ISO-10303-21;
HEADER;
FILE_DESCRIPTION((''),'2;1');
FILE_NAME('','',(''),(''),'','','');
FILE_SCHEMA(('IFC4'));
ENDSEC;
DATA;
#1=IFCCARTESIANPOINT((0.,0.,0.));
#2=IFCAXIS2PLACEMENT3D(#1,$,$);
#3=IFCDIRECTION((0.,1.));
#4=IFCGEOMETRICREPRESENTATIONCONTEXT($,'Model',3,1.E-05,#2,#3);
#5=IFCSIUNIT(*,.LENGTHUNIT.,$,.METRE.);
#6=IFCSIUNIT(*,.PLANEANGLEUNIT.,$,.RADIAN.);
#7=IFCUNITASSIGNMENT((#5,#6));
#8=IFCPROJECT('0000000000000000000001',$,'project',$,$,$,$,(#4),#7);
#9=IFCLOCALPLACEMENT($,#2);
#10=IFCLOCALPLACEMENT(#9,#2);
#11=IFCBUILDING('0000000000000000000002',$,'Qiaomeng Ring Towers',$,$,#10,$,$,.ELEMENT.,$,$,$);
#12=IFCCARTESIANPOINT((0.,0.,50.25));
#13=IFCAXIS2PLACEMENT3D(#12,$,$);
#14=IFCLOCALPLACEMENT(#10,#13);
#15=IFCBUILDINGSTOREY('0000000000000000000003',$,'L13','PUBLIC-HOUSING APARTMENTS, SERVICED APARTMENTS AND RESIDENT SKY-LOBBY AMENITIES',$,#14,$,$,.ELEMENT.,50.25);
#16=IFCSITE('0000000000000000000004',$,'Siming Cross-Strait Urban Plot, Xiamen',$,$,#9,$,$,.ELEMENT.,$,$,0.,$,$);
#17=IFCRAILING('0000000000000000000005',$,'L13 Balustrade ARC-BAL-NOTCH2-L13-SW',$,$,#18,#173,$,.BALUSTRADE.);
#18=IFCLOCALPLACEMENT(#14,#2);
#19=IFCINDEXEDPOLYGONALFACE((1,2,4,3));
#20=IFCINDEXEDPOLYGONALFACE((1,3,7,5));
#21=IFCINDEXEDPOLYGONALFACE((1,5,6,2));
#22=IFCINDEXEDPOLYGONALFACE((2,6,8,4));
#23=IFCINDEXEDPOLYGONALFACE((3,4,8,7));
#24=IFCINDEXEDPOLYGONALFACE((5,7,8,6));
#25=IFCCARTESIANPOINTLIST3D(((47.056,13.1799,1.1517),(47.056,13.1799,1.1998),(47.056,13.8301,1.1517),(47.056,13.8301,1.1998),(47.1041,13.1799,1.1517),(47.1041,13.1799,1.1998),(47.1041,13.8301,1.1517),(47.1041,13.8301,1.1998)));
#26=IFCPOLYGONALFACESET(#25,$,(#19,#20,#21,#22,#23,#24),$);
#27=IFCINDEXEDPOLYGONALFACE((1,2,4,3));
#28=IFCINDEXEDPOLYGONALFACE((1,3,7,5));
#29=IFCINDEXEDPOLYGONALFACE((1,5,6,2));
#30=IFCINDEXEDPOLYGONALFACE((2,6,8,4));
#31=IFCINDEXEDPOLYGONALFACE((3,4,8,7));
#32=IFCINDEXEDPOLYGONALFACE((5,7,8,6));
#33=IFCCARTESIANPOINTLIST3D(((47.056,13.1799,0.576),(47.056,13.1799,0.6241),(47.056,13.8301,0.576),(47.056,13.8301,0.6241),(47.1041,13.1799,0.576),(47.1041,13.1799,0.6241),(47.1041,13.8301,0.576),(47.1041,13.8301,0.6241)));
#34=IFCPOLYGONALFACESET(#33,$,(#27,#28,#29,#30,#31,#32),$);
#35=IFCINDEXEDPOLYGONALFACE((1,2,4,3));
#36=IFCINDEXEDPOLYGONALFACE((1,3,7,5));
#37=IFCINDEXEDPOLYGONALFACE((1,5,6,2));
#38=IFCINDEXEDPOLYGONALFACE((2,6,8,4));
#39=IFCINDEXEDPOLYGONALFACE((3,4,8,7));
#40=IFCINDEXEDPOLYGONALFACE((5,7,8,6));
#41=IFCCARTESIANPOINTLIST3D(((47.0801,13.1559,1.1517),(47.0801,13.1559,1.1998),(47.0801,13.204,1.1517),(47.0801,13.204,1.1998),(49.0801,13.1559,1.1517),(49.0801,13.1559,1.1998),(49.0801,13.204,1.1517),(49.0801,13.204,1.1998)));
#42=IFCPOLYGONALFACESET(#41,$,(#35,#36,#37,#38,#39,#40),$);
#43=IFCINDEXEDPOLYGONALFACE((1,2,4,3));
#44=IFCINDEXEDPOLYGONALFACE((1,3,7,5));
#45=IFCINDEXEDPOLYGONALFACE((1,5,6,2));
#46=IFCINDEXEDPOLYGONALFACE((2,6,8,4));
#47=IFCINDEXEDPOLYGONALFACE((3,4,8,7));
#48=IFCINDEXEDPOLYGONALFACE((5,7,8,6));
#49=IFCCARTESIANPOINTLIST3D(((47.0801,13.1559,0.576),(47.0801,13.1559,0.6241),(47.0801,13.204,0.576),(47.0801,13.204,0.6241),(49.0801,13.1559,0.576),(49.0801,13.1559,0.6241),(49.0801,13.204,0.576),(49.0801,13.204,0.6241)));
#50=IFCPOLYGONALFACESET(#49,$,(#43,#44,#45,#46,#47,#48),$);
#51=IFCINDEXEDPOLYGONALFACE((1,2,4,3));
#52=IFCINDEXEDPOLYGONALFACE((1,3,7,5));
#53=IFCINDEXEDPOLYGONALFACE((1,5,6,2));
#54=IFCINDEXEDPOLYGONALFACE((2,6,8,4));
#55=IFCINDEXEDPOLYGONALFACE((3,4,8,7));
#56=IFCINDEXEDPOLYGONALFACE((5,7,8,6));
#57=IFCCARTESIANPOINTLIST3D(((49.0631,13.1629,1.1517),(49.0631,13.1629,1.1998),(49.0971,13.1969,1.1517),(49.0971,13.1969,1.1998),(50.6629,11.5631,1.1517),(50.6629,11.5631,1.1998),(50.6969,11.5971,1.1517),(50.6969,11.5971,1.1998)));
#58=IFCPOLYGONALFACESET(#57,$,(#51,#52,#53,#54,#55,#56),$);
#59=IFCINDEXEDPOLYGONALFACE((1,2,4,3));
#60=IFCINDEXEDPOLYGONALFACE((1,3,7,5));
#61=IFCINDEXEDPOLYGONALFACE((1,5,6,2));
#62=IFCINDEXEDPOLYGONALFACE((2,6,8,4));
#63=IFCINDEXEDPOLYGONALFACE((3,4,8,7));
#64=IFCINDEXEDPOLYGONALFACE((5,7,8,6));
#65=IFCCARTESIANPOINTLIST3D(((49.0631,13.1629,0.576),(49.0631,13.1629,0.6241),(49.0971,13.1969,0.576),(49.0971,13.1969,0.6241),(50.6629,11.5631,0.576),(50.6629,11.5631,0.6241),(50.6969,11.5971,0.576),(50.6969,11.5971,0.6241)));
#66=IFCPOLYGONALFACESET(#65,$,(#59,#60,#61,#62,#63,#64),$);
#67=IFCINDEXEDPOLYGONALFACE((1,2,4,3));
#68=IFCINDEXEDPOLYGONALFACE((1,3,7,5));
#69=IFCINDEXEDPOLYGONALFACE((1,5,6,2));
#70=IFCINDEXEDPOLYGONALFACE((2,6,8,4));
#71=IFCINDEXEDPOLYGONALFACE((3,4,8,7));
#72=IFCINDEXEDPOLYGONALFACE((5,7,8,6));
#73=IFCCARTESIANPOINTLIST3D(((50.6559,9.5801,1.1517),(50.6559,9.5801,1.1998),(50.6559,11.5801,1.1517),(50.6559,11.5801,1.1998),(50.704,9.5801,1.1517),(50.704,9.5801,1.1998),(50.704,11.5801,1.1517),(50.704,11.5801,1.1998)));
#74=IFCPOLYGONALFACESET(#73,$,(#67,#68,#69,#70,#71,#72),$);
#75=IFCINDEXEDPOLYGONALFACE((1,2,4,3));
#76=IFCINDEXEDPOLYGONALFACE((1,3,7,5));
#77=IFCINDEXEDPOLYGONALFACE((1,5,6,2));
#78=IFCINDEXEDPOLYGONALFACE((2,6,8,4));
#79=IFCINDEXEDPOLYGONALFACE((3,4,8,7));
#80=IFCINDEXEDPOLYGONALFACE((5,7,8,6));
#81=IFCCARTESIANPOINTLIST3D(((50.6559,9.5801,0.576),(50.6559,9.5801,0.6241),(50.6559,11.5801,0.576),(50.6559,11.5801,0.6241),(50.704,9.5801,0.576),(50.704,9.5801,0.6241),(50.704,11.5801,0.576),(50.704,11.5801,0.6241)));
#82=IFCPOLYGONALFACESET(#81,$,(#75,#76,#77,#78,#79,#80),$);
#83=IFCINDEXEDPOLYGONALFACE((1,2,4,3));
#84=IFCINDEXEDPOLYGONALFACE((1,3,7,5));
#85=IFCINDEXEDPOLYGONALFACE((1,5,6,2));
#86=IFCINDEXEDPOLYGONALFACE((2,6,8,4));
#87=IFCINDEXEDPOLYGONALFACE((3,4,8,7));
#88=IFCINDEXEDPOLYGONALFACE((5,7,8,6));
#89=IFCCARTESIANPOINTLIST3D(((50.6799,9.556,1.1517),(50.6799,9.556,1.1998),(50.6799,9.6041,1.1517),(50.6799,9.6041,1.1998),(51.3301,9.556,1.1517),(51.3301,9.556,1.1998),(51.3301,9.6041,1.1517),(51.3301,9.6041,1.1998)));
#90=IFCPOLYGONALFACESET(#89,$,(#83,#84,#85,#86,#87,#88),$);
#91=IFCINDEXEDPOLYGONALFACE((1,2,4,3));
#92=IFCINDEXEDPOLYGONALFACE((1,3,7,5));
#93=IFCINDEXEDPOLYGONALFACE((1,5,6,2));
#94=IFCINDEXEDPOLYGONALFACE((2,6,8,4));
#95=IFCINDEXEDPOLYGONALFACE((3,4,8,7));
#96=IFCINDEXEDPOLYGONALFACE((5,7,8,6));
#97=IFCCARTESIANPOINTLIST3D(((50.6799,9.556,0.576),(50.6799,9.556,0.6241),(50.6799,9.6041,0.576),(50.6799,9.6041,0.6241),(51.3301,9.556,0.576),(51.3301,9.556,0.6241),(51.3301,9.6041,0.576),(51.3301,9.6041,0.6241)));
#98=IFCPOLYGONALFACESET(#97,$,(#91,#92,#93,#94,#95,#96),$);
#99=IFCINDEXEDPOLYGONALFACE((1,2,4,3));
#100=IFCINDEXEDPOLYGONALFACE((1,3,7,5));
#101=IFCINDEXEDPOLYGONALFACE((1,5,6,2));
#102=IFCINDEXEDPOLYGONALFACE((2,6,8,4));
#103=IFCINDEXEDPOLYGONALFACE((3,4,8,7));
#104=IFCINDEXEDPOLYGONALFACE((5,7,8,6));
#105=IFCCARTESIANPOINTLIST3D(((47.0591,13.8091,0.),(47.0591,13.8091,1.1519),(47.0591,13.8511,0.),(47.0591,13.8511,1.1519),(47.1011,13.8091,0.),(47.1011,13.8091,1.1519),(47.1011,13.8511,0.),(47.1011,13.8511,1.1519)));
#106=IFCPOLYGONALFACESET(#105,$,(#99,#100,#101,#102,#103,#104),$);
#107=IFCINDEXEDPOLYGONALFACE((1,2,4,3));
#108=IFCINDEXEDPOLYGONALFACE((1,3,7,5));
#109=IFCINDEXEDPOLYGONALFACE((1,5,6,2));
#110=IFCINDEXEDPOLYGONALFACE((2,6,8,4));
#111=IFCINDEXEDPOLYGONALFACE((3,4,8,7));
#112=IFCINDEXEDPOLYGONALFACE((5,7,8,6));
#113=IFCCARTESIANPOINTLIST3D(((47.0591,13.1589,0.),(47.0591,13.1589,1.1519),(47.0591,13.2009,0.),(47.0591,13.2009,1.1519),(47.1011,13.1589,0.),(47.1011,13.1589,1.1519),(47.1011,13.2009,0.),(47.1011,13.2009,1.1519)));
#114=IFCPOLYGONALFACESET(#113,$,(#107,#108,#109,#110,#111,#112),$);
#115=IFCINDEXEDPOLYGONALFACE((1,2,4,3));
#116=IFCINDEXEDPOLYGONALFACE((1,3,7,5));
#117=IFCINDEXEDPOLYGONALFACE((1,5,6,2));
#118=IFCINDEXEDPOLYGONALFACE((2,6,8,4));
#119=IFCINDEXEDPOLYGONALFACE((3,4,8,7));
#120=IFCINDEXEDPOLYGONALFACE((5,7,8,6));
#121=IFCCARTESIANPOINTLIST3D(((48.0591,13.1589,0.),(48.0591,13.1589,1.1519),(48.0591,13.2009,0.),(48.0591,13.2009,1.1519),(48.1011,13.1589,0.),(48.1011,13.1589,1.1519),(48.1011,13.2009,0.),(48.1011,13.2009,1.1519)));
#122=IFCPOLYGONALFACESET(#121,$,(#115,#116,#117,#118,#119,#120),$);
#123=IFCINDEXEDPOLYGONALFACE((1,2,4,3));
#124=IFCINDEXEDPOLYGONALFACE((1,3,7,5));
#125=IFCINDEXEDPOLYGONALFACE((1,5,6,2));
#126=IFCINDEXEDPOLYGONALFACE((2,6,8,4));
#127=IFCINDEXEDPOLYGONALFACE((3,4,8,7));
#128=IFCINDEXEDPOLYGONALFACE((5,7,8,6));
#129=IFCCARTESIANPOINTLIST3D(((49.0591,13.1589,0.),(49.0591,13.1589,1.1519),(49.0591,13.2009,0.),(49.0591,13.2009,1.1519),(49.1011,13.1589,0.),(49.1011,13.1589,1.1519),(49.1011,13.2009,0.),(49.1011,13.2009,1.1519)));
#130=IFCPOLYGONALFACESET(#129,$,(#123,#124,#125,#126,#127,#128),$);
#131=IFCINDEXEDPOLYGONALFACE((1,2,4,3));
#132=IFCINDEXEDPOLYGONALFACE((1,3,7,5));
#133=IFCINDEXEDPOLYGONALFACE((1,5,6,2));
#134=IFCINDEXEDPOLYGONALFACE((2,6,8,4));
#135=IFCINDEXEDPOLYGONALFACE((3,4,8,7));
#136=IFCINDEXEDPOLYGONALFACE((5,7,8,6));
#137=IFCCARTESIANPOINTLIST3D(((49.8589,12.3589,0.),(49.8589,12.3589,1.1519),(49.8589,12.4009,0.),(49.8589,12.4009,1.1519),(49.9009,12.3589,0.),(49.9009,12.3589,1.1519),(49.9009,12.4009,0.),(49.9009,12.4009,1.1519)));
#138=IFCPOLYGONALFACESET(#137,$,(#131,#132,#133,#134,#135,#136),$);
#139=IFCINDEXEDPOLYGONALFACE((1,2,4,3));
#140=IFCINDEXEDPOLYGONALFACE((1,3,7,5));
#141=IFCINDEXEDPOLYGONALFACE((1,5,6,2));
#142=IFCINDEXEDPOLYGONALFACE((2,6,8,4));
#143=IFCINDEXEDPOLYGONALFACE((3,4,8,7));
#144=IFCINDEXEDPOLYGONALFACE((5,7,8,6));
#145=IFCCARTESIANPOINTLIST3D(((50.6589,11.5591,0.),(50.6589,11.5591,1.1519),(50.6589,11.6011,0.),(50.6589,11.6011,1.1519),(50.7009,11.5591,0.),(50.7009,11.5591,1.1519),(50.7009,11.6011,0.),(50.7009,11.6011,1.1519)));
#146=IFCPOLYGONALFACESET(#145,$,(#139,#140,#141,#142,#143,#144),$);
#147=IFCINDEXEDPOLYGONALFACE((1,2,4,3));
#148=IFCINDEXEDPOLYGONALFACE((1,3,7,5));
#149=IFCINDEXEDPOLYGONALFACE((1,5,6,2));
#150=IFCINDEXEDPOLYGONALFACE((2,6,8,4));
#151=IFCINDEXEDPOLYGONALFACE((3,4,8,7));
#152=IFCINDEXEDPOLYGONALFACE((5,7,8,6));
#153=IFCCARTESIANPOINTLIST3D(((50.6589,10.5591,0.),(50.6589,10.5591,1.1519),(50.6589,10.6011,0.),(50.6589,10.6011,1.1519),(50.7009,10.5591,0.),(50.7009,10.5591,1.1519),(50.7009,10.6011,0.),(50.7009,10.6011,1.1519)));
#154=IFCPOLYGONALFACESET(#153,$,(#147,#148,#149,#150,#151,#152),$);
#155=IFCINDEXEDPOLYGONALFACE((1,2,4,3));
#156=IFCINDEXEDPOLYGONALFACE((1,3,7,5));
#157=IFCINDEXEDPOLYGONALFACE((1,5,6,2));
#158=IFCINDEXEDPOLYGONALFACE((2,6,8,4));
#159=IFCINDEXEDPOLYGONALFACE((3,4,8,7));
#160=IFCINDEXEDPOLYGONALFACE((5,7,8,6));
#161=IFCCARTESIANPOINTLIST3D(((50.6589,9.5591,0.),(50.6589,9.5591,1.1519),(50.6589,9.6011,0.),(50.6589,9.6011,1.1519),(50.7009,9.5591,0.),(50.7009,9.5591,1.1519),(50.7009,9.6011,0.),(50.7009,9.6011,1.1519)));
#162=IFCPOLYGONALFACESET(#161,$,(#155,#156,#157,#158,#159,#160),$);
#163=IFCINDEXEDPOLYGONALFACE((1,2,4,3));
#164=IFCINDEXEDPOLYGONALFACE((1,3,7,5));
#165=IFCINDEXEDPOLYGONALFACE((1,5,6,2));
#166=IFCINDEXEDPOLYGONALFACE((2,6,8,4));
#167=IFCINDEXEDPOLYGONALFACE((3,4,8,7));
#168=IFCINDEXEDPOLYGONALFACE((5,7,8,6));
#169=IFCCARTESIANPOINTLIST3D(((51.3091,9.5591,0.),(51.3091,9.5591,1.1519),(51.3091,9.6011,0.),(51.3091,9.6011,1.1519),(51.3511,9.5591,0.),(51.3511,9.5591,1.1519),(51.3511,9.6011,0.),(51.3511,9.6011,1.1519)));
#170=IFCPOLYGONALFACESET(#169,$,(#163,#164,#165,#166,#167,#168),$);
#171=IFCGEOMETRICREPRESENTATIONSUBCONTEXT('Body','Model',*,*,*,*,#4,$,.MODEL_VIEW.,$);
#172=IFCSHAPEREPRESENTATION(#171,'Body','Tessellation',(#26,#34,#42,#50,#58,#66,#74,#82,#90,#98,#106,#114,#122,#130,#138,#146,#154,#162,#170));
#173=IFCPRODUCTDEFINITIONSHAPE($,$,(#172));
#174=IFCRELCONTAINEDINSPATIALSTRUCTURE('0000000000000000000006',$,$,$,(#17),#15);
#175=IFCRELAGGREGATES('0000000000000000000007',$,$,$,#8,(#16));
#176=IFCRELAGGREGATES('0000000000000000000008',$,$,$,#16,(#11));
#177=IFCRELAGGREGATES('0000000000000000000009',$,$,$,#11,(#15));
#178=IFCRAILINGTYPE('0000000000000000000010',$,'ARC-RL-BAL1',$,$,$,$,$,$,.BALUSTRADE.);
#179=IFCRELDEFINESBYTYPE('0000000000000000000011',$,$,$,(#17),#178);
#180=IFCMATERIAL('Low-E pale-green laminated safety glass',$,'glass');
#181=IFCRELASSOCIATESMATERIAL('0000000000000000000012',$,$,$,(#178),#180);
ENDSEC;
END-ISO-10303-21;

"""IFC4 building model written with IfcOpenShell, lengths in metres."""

from ifc_helpers import new_model, si_unit, direction, frame, origin, origin_2d, place, context, subcontext, project, spatial, rectangle, extrude, material, type_object, element, save


model = new_model("IFC4")

# Units and contexts
model_context = context("Model", 3, precision=1e-05, world=origin(), true_north=direction((0.0, 1.0)))
body_context = subcontext(model_context, "Body", "Model", "MODEL_VIEW")
ifc_project = project(units=[si_unit("LENGTHUNIT", "METRE"), si_unit("PLANEANGLEUNIT", "RADIAN")], contexts=[model_context])

# Site, building, storey
site_placement = place(None, origin())
site = spatial("IfcSite", under=ifc_project, at=site_placement, Name="Siming Cross-Strait Urban Plot, Xiamen", CompositionType="ELEMENT", RefElevation=0.0)
building_placement = place(site_placement, origin())
building = spatial("IfcBuilding", under=site, at=building_placement, Name="Qiaomeng Ring Towers", CompositionType="ELEMENT")
storey_placement = place(building_placement, frame((0.0, 0.0, 50.25)))
storey = spatial("IfcBuildingStorey", under=building, at=storey_placement, Name="L13", Description="PUBLIC-HOUSING APARTMENTS, SERVICED APARTMENTS AND RESIDENT SKY-LOBBY AMENITIES", CompositionType="ELEMENT", Elevation=50.25)

# Railing
ifc_material_1 = material(Name="Low-E pale-green laminated safety glass", Category="glass")
railing_type = type_object("IfcRailingType", Name="ARC-RL-BAL1", PredefinedType="BALUSTRADE", material=ifc_material_1)
railing_placement = place(storey_placement, frame((47.0801, 13.8301, 0.0)))
element("IfcRailing", 1, at=railing_placement, inside=storey, type_object=railing_type, Name="L13 Balustrade ARC-BAL-NOTCH2-L13-SW", PredefinedType="BALUSTRADE", context=body_context, shape_type="SweptSolid", body=[
    extrude(rectangle(XDim=0.0481, YDim=0.0481, at=origin_2d()), frame((0.0, 0.0, 1.1758), z_axis=(0.0, -1.0, 0.0), x_axis=(1.0, 0.0, 0.0)), (0.0, 0.0, 1.0), 0.6501),
    extrude(rectangle(XDim=0.0481, YDim=0.0481, at=origin_2d()), frame((0.0, 0.0, 0.6001), z_axis=(0.0, -1.0, 0.0), x_axis=(1.0, 0.0, 0.0)), (0.0, 0.0, 1.0), 0.6501),
    extrude(rectangle(XDim=0.0481, YDim=0.0481, at=origin_2d()), frame((0.0, -0.6501, 1.1758), z_axis=(1.0, 0.0, 0.0), x_axis=(0.0, 1.0, 0.0)), (0.0, 0.0, 1.0), 2.0),
    extrude(rectangle(XDim=0.0481, YDim=0.0481, at=origin_2d()), frame((0.0, -0.6501, 0.6001), z_axis=(1.0, 0.0, 0.0), x_axis=(0.0, 1.0, 0.0)), (0.0, 0.0, 1.0), 2.0),
    extrude(rectangle(XDim=0.0481, YDim=0.0481, at=origin_2d()), frame((2.0, -0.6501, 1.1758), z_axis=(0.707107, -0.707107, 0.0), x_axis=(0.707107, 0.707107, 0.0)), (0.0, 0.0, 1.0), 2.2625),
    extrude(rectangle(XDim=0.0481, YDim=0.0481, at=origin_2d()), frame((2.0, -0.6501, 0.6001), z_axis=(0.707107, -0.707107, 0.0), x_axis=(0.707107, 0.707107, 0.0)), (0.0, 0.0, 1.0), 2.2625),
    extrude(rectangle(XDim=0.0481, YDim=0.0481, at=origin_2d()), frame((3.5999, -2.25, 1.1758), z_axis=(0.0, -1.0, 0.0), x_axis=(1.0, 0.0, 0.0)), (0.0, 0.0, 1.0), 2.0),
    extrude(rectangle(XDim=0.0481, YDim=0.0481, at=origin_2d()), frame((3.5999, -2.25, 0.6001), z_axis=(0.0, -1.0, 0.0), x_axis=(1.0, 0.0, 0.0)), (0.0, 0.0, 1.0), 2.0),
    extrude(rectangle(XDim=0.0481, YDim=0.0481, at=origin_2d()), frame((3.5999, -4.25, 1.1758), z_axis=(1.0, 0.0, 0.0), x_axis=(0.0, 1.0, 0.0)), (0.0, 0.0, 1.0), 0.6501),
    extrude(rectangle(XDim=0.0481, YDim=0.0481, at=origin_2d()), frame((3.5999, -4.25, 0.6001), z_axis=(1.0, 0.0, 0.0), x_axis=(0.0, 1.0, 0.0)), (0.0, 0.0, 1.0), 0.6501),
    extrude(rectangle(XDim=0.042, YDim=0.042, at=origin_2d()), origin(), (0.0, 0.0, 1.0), 1.1519),
    extrude(rectangle(XDim=0.042, YDim=0.042, at=origin_2d()), frame((0.0, -0.6501, 0.0)), (0.0, 0.0, 1.0), 1.1519),
    extrude(rectangle(XDim=0.042, YDim=0.042, at=origin_2d()), frame((1.0, -0.6501, 0.0)), (0.0, 0.0, 1.0), 1.1519),
    extrude(rectangle(XDim=0.042, YDim=0.042, at=origin_2d()), frame((2.0, -0.6501, 0.0)), (0.0, 0.0, 1.0), 1.1519),
    extrude(rectangle(XDim=0.042, YDim=0.042, at=origin_2d()), frame((2.7998, -1.4502, 0.0)), (0.0, 0.0, 1.0), 1.1519),
    extrude(rectangle(XDim=0.042, YDim=0.042, at=origin_2d()), frame((3.5999, -2.25, 0.0)), (0.0, 0.0, 1.0), 1.1519),
    extrude(rectangle(XDim=0.042, YDim=0.042, at=origin_2d()), frame((3.5999, -3.25, 0.0)), (0.0, 0.0, 1.0), 1.1519),
    extrude(rectangle(XDim=0.042, YDim=0.042, at=origin_2d()), frame((3.5999, -4.25, 0.0)), (0.0, 0.0, 1.0), 1.1519),
    extrude(rectangle(XDim=0.042, YDim=0.042, at=origin_2d()), frame((4.25, -4.25, 0.0)), (0.0, 0.0, 1.0), 1.1519),
])

save(model, "model.ifc")
